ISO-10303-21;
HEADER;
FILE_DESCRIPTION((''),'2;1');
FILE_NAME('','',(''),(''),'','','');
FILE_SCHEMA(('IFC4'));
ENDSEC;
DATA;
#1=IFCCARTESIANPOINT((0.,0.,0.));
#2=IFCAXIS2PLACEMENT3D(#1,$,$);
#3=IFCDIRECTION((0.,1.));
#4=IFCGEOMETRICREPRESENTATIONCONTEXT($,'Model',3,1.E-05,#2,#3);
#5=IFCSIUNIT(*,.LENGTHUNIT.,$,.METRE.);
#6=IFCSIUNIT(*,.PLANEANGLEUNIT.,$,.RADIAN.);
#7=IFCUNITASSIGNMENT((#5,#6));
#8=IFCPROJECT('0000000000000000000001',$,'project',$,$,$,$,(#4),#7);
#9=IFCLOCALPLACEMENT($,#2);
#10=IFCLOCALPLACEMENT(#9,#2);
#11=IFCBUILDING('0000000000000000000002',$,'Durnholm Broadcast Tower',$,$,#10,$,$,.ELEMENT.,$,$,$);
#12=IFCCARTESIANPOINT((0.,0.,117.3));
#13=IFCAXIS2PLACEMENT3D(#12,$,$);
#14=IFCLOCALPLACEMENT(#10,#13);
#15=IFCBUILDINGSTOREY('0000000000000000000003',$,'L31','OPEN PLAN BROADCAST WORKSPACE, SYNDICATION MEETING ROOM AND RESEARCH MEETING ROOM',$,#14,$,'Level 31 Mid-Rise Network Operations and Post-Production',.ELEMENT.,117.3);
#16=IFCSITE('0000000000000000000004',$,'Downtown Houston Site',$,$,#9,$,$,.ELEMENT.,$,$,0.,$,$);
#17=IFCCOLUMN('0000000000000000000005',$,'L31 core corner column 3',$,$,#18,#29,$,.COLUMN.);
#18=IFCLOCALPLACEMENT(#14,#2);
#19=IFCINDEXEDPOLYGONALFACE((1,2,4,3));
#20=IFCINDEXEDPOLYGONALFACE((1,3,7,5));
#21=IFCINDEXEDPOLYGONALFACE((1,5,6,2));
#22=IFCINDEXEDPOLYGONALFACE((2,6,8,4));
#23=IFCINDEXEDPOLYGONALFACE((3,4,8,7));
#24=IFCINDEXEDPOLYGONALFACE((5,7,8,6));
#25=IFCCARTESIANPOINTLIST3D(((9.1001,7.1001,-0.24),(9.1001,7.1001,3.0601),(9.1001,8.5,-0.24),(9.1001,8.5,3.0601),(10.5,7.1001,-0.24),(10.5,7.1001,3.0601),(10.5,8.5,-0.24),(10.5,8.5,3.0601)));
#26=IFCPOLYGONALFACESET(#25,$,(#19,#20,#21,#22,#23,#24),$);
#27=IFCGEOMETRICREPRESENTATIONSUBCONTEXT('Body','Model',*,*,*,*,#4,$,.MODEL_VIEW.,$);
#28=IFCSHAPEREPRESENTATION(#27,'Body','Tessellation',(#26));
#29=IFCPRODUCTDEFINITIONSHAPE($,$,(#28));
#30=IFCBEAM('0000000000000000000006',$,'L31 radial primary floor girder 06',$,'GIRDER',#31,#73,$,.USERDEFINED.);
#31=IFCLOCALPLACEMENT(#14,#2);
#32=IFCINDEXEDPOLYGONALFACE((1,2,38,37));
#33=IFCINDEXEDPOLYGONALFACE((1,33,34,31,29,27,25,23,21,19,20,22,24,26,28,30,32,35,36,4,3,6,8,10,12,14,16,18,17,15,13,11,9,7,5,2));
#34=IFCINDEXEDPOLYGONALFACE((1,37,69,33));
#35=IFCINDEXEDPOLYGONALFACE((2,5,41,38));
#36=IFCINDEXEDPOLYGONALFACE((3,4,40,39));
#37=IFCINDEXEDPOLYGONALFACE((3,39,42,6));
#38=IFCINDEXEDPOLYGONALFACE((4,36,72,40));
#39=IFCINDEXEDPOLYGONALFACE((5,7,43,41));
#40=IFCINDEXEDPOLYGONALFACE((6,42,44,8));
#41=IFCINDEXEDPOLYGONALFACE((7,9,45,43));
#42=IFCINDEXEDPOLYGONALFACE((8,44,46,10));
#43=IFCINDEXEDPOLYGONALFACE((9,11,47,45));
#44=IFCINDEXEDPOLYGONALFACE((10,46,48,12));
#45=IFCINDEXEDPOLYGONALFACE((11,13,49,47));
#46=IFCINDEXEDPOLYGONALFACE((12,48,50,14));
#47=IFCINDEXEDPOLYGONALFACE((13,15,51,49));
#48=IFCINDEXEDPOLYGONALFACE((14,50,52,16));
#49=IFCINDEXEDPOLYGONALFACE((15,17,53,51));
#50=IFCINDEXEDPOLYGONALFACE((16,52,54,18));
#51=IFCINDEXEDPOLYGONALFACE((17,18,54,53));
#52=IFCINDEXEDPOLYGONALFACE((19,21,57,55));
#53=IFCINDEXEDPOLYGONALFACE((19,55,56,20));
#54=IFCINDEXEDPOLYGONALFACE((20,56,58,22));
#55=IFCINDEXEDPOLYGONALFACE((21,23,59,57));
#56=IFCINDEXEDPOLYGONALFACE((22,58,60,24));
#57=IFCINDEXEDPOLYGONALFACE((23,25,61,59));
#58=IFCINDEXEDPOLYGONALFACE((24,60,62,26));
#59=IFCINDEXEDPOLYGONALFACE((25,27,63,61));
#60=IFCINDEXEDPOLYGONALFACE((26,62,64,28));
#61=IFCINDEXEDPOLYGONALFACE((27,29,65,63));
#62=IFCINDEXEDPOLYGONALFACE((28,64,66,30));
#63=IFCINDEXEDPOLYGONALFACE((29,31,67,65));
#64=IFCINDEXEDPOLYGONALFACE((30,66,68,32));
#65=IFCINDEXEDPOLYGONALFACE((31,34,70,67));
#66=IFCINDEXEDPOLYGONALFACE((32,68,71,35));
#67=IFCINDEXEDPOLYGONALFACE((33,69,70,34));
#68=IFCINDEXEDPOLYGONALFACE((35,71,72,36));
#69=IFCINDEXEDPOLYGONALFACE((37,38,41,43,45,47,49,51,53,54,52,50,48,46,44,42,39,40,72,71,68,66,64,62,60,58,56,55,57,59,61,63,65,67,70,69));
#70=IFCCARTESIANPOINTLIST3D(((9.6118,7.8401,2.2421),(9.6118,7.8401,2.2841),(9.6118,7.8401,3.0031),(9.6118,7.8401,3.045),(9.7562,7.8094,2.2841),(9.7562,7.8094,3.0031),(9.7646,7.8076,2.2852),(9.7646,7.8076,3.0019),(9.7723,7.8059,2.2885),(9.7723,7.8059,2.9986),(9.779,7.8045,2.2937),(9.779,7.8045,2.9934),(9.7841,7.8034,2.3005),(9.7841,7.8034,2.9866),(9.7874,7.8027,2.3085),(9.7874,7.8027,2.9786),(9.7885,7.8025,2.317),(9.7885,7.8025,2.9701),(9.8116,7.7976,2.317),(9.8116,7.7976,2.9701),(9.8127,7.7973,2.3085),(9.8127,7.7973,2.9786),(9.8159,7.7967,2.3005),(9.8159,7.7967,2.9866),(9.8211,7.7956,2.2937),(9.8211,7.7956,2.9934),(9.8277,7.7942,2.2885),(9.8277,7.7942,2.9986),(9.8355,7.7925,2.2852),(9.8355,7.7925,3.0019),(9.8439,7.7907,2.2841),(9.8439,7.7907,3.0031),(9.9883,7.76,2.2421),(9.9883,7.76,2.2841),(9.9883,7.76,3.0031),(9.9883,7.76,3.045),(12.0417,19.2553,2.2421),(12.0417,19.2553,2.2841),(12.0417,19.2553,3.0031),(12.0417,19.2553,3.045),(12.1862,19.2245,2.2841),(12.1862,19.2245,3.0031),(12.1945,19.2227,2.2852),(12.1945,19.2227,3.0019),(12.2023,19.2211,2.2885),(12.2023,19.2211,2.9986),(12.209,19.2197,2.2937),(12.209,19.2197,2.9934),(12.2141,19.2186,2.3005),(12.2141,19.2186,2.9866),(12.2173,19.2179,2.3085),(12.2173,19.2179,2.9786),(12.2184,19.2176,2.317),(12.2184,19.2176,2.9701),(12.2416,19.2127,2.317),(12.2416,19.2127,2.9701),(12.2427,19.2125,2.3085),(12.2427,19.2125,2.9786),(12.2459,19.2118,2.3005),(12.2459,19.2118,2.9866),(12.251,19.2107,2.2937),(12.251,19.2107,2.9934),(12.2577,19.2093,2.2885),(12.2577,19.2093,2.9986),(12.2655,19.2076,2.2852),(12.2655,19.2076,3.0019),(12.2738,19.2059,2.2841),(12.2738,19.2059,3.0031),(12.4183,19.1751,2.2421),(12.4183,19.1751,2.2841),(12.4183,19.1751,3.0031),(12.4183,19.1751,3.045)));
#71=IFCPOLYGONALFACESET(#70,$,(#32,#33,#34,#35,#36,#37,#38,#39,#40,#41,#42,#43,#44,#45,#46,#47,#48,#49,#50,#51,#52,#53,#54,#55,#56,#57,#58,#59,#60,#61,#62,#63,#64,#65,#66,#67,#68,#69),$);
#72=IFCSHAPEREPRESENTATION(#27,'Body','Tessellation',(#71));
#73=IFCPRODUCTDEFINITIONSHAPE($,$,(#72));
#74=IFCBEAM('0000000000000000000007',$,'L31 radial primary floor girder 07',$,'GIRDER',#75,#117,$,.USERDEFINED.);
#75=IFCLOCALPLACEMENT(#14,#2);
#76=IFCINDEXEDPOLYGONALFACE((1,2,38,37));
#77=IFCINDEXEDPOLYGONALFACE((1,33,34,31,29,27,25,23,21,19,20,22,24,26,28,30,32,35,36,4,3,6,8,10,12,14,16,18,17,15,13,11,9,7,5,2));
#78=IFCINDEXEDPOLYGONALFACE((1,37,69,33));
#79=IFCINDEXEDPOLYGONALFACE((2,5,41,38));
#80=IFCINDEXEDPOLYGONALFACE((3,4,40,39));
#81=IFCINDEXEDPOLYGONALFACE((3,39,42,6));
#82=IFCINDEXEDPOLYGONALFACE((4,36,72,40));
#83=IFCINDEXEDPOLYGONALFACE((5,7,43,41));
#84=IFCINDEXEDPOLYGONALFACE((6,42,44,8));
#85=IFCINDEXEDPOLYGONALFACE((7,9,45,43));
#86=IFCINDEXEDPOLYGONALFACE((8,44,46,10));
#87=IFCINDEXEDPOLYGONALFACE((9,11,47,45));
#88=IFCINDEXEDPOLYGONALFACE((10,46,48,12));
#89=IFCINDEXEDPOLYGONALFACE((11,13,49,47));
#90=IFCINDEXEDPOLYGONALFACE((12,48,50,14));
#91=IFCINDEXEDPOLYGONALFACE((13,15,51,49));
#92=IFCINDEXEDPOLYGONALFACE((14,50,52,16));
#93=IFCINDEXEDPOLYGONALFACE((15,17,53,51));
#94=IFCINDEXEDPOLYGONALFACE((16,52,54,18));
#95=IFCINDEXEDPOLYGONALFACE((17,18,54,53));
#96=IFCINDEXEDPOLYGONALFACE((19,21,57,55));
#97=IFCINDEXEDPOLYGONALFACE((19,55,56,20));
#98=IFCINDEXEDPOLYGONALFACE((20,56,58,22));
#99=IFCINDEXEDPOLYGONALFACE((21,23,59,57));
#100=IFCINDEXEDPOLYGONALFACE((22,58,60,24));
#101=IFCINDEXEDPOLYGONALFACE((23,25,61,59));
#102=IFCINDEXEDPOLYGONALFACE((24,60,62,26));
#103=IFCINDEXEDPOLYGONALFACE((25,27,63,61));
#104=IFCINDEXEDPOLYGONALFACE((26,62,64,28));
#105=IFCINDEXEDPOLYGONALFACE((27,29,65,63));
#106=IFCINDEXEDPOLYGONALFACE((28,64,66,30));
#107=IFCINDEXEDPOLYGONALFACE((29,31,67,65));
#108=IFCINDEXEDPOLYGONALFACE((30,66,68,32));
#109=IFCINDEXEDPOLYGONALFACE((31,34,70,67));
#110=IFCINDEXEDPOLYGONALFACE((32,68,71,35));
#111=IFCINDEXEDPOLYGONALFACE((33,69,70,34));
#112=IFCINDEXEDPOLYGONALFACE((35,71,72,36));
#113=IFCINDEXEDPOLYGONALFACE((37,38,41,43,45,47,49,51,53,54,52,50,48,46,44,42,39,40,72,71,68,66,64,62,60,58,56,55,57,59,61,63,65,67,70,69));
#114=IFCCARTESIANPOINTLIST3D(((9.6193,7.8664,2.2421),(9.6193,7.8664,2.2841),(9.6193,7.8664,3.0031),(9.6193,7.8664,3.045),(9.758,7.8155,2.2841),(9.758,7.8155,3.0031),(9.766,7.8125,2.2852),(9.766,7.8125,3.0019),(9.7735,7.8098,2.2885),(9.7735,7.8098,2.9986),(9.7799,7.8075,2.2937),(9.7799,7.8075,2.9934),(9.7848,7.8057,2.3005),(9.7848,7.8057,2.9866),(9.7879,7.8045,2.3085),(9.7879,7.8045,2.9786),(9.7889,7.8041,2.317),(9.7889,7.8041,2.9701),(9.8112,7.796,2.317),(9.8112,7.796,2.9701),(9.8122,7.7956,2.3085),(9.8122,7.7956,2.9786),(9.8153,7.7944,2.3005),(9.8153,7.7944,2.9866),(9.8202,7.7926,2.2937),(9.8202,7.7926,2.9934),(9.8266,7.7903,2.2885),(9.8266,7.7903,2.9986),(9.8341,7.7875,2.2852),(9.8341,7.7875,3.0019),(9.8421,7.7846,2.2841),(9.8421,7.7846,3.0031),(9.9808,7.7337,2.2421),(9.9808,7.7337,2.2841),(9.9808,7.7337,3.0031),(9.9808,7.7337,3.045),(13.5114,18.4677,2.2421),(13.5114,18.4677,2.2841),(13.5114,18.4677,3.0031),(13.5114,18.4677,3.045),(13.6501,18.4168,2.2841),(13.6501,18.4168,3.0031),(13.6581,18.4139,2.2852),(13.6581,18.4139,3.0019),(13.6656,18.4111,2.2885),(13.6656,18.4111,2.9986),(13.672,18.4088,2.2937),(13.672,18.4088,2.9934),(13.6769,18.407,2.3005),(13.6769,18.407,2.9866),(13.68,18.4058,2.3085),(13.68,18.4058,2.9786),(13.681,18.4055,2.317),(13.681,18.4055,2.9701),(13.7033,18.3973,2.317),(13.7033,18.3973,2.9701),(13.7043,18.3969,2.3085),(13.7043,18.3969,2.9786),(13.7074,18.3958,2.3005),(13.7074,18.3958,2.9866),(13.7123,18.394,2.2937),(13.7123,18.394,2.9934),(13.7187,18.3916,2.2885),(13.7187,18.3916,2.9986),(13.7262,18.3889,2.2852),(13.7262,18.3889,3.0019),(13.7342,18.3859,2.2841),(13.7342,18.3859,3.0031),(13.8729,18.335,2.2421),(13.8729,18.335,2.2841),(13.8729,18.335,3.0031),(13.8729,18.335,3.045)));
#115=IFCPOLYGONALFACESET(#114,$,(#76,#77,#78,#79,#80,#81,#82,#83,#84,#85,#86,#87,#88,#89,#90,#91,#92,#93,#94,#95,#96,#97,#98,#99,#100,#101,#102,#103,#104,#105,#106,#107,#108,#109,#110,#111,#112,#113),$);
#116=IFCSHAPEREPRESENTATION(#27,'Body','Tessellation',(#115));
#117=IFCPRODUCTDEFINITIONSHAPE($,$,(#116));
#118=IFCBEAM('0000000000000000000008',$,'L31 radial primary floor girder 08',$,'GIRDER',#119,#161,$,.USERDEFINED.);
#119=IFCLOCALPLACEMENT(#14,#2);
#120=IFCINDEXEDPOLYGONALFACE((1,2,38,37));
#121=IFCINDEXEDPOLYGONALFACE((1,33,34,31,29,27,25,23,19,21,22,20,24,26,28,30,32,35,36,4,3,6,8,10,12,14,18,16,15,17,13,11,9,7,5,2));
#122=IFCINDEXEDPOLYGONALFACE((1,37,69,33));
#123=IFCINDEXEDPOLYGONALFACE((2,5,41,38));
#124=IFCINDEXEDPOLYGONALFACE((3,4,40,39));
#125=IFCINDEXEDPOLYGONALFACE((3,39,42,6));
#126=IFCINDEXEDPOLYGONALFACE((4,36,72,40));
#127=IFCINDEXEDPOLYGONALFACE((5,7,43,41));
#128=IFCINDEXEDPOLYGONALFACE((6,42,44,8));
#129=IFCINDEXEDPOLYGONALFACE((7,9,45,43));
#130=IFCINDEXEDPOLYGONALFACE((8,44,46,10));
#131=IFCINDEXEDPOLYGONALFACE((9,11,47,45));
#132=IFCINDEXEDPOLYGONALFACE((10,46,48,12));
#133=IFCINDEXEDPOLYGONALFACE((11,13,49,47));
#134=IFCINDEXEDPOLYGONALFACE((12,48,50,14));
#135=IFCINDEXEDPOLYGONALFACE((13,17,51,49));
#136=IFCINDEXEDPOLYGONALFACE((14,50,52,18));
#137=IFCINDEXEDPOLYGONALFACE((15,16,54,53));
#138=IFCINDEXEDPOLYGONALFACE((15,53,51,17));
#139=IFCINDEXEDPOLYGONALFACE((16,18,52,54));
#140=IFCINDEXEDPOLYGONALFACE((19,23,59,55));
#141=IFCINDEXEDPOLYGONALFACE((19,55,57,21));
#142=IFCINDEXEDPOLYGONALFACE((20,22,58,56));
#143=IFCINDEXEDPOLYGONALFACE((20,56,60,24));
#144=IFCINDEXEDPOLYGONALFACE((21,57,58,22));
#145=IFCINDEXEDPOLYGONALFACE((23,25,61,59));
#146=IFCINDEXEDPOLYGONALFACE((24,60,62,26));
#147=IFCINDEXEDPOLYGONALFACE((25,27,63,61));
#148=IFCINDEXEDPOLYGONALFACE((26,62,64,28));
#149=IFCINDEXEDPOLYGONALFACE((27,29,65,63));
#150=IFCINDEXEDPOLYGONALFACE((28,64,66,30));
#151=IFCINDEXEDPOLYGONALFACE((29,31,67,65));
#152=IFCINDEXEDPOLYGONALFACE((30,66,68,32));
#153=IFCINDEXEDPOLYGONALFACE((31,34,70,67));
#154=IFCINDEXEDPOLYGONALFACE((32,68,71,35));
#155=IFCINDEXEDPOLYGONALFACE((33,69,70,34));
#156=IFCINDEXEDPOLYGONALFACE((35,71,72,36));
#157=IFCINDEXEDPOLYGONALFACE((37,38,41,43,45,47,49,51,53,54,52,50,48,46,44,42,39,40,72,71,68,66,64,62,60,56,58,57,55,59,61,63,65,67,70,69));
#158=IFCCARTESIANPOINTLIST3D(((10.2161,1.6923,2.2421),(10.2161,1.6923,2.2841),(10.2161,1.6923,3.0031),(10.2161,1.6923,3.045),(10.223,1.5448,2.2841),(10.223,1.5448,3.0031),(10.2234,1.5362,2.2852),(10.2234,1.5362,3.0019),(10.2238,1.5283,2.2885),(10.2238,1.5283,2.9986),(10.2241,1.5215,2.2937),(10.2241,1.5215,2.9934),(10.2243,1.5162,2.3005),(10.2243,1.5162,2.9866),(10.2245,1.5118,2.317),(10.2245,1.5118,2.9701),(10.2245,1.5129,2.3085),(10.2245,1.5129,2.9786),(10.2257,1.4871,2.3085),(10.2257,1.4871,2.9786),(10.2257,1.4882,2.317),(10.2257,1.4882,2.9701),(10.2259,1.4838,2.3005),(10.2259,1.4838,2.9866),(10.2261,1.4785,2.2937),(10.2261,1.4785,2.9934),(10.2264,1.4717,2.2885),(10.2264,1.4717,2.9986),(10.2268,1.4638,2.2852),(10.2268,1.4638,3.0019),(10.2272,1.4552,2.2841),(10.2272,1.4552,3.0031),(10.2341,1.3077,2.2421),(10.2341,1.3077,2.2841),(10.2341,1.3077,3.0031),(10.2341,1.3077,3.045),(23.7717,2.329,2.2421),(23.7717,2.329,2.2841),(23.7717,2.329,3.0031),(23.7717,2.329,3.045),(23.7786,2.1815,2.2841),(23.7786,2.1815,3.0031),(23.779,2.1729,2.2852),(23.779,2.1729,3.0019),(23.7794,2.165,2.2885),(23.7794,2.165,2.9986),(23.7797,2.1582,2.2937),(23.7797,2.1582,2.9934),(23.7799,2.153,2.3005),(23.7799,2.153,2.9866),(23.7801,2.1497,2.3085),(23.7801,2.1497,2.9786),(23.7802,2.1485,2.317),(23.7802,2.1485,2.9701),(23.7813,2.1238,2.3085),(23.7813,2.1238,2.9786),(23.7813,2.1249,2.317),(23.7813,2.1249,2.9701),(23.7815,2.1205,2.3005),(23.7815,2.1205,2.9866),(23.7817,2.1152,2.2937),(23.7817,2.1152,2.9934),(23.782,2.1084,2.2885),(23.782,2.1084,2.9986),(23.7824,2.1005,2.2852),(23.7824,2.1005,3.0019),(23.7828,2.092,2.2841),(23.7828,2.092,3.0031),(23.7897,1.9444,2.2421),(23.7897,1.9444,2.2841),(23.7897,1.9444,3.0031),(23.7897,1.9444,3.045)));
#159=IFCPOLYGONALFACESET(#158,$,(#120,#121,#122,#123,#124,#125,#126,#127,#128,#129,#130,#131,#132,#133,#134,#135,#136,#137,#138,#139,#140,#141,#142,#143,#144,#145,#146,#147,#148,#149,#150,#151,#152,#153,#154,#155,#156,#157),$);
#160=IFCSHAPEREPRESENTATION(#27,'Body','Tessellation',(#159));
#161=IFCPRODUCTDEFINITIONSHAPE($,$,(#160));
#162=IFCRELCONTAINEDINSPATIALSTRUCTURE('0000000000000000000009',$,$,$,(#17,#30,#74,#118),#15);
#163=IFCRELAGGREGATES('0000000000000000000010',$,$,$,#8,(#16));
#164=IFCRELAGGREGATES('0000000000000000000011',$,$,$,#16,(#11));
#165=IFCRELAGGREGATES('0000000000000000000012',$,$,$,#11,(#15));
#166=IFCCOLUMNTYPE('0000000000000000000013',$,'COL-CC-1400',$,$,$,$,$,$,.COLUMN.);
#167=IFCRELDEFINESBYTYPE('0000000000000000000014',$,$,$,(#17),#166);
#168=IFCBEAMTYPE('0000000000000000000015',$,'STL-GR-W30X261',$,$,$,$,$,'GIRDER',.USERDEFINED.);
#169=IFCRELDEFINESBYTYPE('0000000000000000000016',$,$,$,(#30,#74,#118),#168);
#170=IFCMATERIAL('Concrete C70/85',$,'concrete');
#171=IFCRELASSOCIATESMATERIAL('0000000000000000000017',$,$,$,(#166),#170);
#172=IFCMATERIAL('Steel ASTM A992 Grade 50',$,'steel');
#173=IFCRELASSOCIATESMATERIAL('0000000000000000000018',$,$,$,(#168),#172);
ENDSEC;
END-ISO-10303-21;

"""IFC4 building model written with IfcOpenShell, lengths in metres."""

from ifc_helpers import new_model, si_unit, direction, frame, origin, origin_2d, place, context, subcontext, project, spatial, rectangle, i_section, extrude, source, transform, mapped, material, material_profile, profile_set, type_object, type_shapes, element, save


model = new_model("IFC4")

# Units and contexts
model_context = context("Model", 3, precision=1e-05, world=origin(), true_north=direction((0.0, 1.0)))
body_context = subcontext(model_context, "Body", "Model", "MODEL_VIEW")
ifc_project = project(units=[si_unit("LENGTHUNIT", "METRE"), si_unit("PLANEANGLEUNIT", "RADIAN")], contexts=[model_context])

# Site, building, storey
site_placement = place(None, origin())
site = spatial("IfcSite", under=ifc_project, at=site_placement, Name="Downtown Houston Site", CompositionType="ELEMENT", RefElevation=0.0)
building_placement = place(site_placement, origin())
building = spatial("IfcBuilding", under=site, at=building_placement, Name="Durnholm Broadcast Tower", CompositionType="ELEMENT")
storey_placement = place(building_placement, frame((0.0, 0.0, 117.3)))
storey = spatial("IfcBuildingStorey", under=building, at=storey_placement, Name="L31", Description="OPEN PLAN BROADCAST WORKSPACE, SYNDICATION MEETING ROOM AND RESEARCH MEETING ROOM", LongName="Level 31 Mid-Rise Network Operations and Post-Production", CompositionType="ELEMENT", Elevation=117.3)

# Column
ifc_material_1 = material(Name="Concrete C70/85", Category="concrete")
ifc_material_profile_1 = material_profile(ifc_material_1, rectangle(XDim=1.3999, YDim=1.3999, at=origin_2d()), Name="RC1400X1400")
ifc_profile_set_1 = profile_set([ifc_material_profile_1], Name="Concrete C70/85")
column_type = type_object("IfcColumnType", Name="COL-CC-1400", PredefinedType="COLUMN", material=ifc_profile_set_1)
shared_shape_1 = source(origin(), body_context, "Body", "SweptSolid", [
    extrude(rectangle(XDim=1.3999, YDim=1.3999, at=origin_2d()), origin(), (0.0, 0.0, 1.0), 3.3),
])
type_shapes(column_type, [shared_shape_1])
column_placement = place(storey_placement, frame((9.8, 7.8, -0.24), z_axis=(0.0, 0.0, 1.0), x_axis=(1.0, 0.0, 0.0)))
element("IfcColumn", 1, at=column_placement, inside=storey, type_object=column_type, Name="L31 core corner column 3", PredefinedType="COLUMN", context=body_context, shape_type="MappedRepresentation", body=[
    mapped(shared_shape_1, transform((0.0, 0.0, 0.0), x_axis=(1.0, 0.0, 0.0), y_axis=(0.0, 1.0, 0.0), z_axis=(0.0, 0.0, 1.0), scale=1.0)),
])

# Beams
ifc_material_2 = material(Name="Steel ASTM A992 Grade 50", Category="steel")
ifc_material_profile_2 = material_profile(ifc_material_2, i_section(OverallWidth=0.385, OverallDepth=0.803, WebThickness=0.0237, FlangeThickness=0.042, FilletRadius=0.033, at=origin_2d()), Name="W30X261")
ifc_profile_set_2 = profile_set([ifc_material_profile_2], Name="Steel ASTM A992 Grade 50")
beam_type_1 = type_object("IfcBeamType", Name="STL-GR-W30X261", ElementType="GIRDER", PredefinedType="USERDEFINED", material=ifc_profile_set_2)
shared_shape_2 = source(origin(), body_context, "Body", "SweptSolid", [
    extrude(i_section(OverallWidth=0.385, OverallDepth=0.803, WebThickness=0.0237, FlangeThickness=0.042, FilletRadius=0.033, at=origin_2d()), origin(), (0.0, 0.0, 1.0), 11.6709),
])
beam_1_placement = place(storey_placement, frame((9.8, 7.8, 2.6436), z_axis=(0.208206, 0.978085, 0.0), x_axis=(-0.978085, 0.208206, 0.0)))
element("IfcBeam", 2, at=beam_1_placement, inside=storey, type_object=beam_type_1, Name="L31 radial primary floor girder 06", ObjectType="GIRDER", PredefinedType="USERDEFINED", context=body_context, shape_type="MappedRepresentation", body=[
    mapped(shared_shape_2, transform((0.0, 0.0, 0.0), x_axis=(1.0, 0.0, 0.0), y_axis=(0.0, 1.0, 0.0), z_axis=(0.0, 0.0, 1.0), scale=1.0)),
])
shared_shape_3 = source(origin(), body_context, "Body", "SweptSolid", [
    extrude(i_section(OverallWidth=0.385, OverallDepth=0.803, WebThickness=0.0237, FlangeThickness=0.042, FilletRadius=0.033, at=origin_2d()), origin(), (0.0, 0.0, 1.0), 11.2932),
])
beam_2_placement = place(storey_placement, frame((9.8, 7.8, 2.6436), z_axis=(0.34464, 0.938735, 0.0), x_axis=(-0.938735, 0.34464, 0.0)))
element("IfcBeam", 3, at=beam_2_placement, inside=storey, type_object=beam_type_1, Name="L31 radial primary floor girder 07", ObjectType="GIRDER", PredefinedType="USERDEFINED", context=body_context, shape_type="MappedRepresentation", body=[
    mapped(shared_shape_3, transform((0.0, 0.0, 0.0), x_axis=(1.0, 0.0, 0.0), y_axis=(0.0, 1.0, 0.0), z_axis=(0.0, 0.0, 1.0), scale=1.0)),
])
shared_shape_4 = source(origin(), body_context, "Body", "SweptSolid", [
    extrude(i_section(OverallWidth=0.385, OverallDepth=0.803, WebThickness=0.0237, FlangeThickness=0.042, FilletRadius=0.033, at=origin_2d()), origin(), (0.0, 0.0, 1.0), 13.5706),
])
beam_3_placement = place(storey_placement, frame((10.2251, 1.5, 2.6436), z_axis=(0.998899, 0.046919, 0.0), x_axis=(-0.046919, 0.998899, 0.0)))
element("IfcBeam", 4, at=beam_3_placement, inside=storey, type_object=beam_type_1, Name="L31 radial primary floor girder 08", ObjectType="GIRDER", PredefinedType="USERDEFINED", context=body_context, shape_type="MappedRepresentation", body=[
    mapped(shared_shape_4, transform((0.0, 0.0, 0.0), x_axis=(1.0, 0.0, 0.0), y_axis=(0.0, 1.0, 0.0), z_axis=(0.0, 0.0, 1.0), scale=1.0)),
])

save(model, "model.ifc")
